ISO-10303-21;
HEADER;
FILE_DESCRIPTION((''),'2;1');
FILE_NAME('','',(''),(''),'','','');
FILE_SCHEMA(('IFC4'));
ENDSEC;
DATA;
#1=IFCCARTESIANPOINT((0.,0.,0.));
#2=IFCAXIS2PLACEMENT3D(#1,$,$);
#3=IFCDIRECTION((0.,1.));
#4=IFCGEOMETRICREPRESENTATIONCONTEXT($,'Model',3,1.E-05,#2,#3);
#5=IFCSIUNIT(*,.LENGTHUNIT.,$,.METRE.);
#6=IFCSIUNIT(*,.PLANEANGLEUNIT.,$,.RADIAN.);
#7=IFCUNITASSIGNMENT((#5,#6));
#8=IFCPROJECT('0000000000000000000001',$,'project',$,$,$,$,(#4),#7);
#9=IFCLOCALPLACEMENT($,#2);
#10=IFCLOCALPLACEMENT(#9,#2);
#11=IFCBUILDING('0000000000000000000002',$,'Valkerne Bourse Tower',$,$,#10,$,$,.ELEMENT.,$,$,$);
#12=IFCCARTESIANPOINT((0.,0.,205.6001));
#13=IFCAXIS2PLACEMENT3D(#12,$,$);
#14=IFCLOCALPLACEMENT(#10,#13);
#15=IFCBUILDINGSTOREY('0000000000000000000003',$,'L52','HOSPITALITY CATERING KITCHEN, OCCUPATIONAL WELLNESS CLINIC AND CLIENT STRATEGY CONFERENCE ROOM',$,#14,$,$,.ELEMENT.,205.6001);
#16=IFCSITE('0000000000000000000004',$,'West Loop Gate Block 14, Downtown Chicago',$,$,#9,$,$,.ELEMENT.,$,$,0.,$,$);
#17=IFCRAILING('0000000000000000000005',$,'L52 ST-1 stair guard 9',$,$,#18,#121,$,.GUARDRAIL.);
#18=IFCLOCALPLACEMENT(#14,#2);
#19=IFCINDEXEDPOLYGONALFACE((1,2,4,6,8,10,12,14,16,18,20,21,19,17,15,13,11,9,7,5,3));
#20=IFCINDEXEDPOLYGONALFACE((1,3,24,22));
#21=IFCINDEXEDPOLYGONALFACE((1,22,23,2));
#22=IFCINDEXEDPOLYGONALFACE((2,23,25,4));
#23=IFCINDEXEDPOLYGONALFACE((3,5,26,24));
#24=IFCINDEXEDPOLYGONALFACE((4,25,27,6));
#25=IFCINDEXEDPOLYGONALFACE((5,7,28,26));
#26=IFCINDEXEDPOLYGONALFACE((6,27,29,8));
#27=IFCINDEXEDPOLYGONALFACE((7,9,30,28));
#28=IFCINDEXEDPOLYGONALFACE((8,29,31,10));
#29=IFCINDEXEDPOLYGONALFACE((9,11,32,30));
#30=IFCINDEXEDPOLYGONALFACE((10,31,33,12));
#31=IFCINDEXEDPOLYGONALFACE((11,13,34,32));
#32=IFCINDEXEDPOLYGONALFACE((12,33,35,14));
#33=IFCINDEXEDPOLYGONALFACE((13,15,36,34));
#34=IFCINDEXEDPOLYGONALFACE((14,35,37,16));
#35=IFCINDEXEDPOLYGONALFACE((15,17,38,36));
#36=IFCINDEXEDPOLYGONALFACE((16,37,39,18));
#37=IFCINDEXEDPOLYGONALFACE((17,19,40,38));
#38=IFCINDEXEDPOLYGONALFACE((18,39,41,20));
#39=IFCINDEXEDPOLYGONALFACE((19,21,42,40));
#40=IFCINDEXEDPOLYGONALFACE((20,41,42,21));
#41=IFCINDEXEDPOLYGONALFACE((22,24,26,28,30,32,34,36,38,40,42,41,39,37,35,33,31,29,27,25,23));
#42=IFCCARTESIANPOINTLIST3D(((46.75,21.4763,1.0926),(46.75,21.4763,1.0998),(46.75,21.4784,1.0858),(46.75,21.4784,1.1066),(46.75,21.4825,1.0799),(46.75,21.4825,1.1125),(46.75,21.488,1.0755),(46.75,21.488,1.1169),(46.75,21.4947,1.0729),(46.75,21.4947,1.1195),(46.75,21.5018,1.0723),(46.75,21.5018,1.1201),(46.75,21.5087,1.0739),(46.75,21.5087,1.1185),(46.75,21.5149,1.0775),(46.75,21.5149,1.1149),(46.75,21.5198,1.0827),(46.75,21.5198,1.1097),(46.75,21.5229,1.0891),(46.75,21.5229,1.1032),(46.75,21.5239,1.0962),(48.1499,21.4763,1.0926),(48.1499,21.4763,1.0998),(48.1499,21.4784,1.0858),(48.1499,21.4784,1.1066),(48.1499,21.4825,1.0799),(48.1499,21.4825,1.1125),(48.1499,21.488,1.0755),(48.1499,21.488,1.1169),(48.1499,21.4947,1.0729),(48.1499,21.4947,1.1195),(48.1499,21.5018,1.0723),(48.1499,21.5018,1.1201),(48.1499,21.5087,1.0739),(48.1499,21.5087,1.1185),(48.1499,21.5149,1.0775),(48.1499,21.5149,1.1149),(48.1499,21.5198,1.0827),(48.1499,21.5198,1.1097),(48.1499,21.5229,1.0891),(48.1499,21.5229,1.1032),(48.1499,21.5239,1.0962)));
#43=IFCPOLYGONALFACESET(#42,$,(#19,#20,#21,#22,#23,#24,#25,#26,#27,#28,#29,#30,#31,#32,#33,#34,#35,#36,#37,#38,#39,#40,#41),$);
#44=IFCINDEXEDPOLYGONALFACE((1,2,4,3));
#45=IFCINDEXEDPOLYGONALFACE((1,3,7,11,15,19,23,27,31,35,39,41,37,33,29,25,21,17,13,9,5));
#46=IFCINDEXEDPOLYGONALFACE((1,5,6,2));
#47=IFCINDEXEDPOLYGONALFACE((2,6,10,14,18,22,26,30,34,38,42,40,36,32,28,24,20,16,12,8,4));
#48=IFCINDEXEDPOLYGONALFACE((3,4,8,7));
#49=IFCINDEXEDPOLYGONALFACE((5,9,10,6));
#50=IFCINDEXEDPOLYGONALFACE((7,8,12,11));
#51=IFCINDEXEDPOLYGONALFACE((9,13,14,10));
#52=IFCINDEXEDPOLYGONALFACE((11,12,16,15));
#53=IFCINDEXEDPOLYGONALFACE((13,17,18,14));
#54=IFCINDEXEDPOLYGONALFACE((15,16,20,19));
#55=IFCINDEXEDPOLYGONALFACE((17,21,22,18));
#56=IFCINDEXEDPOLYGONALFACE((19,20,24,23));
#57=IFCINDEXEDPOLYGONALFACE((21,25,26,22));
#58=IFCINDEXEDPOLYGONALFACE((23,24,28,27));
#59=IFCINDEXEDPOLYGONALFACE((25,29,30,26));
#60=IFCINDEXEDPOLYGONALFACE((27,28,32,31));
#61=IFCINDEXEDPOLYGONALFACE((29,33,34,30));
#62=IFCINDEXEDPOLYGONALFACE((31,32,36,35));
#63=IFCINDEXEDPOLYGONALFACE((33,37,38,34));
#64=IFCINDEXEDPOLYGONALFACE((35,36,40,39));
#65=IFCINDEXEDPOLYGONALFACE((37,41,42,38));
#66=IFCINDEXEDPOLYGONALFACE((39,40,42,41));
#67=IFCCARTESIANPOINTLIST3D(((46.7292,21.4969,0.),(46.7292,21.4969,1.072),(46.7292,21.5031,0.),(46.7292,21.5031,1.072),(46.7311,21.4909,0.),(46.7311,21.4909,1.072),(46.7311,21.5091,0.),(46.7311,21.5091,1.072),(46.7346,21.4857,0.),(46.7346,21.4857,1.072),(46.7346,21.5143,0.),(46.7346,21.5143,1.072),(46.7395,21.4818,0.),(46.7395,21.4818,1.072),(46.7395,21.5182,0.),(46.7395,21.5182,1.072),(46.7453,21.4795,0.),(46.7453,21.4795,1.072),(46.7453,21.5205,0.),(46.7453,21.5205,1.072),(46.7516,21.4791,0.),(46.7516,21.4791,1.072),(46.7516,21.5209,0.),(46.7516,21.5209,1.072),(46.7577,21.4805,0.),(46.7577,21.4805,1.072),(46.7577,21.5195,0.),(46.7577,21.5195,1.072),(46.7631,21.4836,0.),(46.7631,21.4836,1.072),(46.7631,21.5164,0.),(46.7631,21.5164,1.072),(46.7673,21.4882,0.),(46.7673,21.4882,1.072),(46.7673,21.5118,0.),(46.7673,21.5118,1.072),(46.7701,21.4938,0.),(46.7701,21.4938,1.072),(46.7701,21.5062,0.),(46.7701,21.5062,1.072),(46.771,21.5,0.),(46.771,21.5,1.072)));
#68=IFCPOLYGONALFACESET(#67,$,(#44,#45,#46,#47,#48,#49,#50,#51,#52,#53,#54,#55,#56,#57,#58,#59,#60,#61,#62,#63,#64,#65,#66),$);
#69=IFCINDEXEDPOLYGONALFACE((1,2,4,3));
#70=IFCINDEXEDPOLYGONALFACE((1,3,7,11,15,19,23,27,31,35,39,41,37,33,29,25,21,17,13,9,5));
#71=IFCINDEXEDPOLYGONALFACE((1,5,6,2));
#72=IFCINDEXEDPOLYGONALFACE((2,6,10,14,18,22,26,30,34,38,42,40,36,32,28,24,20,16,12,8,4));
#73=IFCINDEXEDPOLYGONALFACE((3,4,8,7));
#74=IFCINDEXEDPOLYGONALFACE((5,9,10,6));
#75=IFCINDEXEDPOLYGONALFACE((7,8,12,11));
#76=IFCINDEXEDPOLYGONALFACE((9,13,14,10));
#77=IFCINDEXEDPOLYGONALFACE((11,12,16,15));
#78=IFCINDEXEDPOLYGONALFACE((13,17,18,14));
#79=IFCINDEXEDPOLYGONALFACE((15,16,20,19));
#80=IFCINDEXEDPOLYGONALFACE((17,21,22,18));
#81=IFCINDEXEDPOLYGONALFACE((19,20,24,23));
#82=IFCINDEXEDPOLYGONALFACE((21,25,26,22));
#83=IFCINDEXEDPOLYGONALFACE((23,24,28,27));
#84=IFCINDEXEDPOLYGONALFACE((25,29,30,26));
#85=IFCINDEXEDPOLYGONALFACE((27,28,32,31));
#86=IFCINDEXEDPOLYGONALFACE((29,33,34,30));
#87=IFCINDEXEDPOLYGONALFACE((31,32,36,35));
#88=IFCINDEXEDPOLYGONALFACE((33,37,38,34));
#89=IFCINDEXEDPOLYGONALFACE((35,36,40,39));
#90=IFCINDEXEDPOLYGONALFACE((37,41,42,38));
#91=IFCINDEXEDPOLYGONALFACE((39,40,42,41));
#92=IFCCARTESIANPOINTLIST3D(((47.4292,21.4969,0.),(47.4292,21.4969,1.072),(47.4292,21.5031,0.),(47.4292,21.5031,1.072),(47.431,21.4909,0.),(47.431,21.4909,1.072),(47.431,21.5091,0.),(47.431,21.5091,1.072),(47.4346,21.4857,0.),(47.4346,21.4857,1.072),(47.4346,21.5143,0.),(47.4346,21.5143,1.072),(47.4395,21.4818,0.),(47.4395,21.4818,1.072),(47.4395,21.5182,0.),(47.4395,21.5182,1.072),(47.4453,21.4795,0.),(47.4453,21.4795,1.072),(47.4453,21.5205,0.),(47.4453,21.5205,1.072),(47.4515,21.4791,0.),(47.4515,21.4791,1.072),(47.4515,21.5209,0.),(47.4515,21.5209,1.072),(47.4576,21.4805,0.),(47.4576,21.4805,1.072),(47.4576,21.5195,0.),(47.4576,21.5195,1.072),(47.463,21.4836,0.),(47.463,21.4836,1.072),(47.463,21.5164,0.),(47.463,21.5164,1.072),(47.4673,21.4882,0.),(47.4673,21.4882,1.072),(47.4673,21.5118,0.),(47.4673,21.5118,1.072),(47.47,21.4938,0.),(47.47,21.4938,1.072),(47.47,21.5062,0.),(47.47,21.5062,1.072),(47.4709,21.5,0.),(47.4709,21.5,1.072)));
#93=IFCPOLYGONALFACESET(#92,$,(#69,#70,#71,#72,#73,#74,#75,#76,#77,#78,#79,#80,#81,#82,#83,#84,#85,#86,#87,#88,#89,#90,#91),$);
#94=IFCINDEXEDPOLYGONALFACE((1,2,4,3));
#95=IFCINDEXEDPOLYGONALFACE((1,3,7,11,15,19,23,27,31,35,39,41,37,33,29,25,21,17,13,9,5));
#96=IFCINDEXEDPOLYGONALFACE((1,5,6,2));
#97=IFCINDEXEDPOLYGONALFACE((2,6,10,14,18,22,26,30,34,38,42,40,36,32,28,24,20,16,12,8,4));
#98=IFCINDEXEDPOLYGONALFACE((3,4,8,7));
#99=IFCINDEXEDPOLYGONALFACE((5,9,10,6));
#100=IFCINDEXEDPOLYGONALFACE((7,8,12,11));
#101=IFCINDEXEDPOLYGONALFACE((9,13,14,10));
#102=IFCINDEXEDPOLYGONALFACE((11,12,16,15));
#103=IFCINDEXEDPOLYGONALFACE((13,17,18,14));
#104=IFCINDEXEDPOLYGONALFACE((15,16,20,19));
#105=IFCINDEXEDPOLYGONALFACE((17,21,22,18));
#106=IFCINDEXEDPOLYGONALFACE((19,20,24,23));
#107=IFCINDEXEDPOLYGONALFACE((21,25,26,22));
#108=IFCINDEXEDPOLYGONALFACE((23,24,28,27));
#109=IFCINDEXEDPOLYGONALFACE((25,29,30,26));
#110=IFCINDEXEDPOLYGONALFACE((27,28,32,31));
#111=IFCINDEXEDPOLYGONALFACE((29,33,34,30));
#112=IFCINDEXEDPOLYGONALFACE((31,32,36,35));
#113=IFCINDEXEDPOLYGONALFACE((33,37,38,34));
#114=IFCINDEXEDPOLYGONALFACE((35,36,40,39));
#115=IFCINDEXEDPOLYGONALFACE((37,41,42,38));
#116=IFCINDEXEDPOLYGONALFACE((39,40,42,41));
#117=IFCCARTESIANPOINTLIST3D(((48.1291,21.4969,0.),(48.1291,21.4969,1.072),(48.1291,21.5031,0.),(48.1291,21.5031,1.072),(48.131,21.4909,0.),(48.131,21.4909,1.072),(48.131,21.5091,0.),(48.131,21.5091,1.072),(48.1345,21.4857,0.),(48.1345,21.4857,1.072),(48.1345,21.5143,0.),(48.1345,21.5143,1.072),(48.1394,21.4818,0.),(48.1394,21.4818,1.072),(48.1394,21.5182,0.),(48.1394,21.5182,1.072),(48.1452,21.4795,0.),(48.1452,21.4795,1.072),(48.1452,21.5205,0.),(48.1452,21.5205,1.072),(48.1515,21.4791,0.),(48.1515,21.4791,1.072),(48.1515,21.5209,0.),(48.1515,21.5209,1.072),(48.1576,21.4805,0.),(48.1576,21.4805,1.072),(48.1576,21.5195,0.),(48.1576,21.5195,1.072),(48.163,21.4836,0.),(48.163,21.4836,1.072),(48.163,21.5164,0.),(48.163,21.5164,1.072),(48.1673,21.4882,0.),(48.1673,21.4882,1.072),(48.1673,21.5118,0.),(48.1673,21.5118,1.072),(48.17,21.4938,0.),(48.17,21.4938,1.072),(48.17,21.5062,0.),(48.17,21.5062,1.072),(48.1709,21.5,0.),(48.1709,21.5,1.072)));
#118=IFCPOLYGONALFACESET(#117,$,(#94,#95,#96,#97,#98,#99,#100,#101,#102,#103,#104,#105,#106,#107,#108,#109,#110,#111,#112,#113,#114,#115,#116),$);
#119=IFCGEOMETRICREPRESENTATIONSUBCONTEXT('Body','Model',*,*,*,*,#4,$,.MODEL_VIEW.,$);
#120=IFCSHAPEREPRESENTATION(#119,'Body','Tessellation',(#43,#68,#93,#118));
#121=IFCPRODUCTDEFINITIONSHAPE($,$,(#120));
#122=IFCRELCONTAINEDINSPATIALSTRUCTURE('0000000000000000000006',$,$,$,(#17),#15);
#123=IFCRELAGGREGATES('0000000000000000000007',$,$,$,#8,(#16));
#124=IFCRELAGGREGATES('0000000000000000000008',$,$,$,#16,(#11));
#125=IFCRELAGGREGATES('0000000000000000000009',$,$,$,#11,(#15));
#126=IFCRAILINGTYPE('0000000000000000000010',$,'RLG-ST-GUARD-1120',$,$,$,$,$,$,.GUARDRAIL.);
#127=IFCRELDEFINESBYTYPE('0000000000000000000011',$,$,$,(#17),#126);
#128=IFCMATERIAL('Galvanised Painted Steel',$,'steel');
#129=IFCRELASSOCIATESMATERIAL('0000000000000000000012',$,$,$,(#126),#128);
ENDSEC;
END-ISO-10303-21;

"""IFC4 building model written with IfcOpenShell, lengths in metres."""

from ifc_helpers import new_model, si_unit, direction, frame, origin, origin_2d, place, context, subcontext, project, spatial, circle, extrude, material, type_object, element, save


model = new_model("IFC4")

# Units and contexts
model_context = context("Model", 3, precision=1e-05, world=origin(), true_north=direction((0.0, 1.0)))
body_context = subcontext(model_context, "Body", "Model", "MODEL_VIEW")
ifc_project = project(units=[si_unit("LENGTHUNIT", "METRE"), si_unit("PLANEANGLEUNIT", "RADIAN")], contexts=[model_context])

# Site, building, storey
site_placement = place(None, origin())
site = spatial("IfcSite", under=ifc_project, at=site_placement, Name="West Loop Gate Block 14, Downtown Chicago", CompositionType="ELEMENT", RefElevation=0.0)
building_placement = place(site_placement, origin())
building = spatial("IfcBuilding", under=site, at=building_placement, Name="Valkerne Bourse Tower", CompositionType="ELEMENT")
storey_placement = place(building_placement, frame((0.0, 0.0, 205.6001)))
storey = spatial("IfcBuildingStorey", under=building, at=storey_placement, Name="L52", Description="HOSPITALITY CATERING KITCHEN, OCCUPATIONAL WELLNESS CLINIC AND CLIENT STRATEGY CONFERENCE ROOM", CompositionType="ELEMENT", Elevation=205.6001)

# Shared definitions
ifc_material_1 = material(Name="Galvanised Painted Steel", Category="steel")

# Railing
railing_type_1 = type_object("IfcRailingType", Name="RLG-ST-GUARD-1120", PredefinedType="GUARDRAIL", material=ifc_material_1)
for number, where, name in (
    (1, (46.75, 21.5, 0.0), "L52 ST-1 stair guard 9"),
):
    element("IfcRailing", number, at=place(storey_placement, frame(where)), inside=storey, type_object=railing_type_1, Name=name, PredefinedType="GUARDRAIL", context=body_context, shape_type="SweptSolid", body=[
        extrude(circle(Radius=0.0239, at=origin_2d()), frame((0.0, 0.0, 1.0962), z_axis=(1.0, 0.0, 0.0), x_axis=(0.0, 1.0, 0.0)), (0.0, 0.0, 1.0), 1.3999),
        extrude(circle(Radius=0.021, at=origin_2d()), origin(), (0.0, 0.0, 1.0), 1.072),
        extrude(circle(Radius=0.021, at=origin_2d()), frame((0.7, 0.0, 0.0)), (0.0, 0.0, 1.0), 1.072),
        extrude(circle(Radius=0.021, at=origin_2d()), frame((1.3999, 0.0, 0.0)), (0.0, 0.0, 1.0), 1.072),
    ])

save(model, "model.ifc")
